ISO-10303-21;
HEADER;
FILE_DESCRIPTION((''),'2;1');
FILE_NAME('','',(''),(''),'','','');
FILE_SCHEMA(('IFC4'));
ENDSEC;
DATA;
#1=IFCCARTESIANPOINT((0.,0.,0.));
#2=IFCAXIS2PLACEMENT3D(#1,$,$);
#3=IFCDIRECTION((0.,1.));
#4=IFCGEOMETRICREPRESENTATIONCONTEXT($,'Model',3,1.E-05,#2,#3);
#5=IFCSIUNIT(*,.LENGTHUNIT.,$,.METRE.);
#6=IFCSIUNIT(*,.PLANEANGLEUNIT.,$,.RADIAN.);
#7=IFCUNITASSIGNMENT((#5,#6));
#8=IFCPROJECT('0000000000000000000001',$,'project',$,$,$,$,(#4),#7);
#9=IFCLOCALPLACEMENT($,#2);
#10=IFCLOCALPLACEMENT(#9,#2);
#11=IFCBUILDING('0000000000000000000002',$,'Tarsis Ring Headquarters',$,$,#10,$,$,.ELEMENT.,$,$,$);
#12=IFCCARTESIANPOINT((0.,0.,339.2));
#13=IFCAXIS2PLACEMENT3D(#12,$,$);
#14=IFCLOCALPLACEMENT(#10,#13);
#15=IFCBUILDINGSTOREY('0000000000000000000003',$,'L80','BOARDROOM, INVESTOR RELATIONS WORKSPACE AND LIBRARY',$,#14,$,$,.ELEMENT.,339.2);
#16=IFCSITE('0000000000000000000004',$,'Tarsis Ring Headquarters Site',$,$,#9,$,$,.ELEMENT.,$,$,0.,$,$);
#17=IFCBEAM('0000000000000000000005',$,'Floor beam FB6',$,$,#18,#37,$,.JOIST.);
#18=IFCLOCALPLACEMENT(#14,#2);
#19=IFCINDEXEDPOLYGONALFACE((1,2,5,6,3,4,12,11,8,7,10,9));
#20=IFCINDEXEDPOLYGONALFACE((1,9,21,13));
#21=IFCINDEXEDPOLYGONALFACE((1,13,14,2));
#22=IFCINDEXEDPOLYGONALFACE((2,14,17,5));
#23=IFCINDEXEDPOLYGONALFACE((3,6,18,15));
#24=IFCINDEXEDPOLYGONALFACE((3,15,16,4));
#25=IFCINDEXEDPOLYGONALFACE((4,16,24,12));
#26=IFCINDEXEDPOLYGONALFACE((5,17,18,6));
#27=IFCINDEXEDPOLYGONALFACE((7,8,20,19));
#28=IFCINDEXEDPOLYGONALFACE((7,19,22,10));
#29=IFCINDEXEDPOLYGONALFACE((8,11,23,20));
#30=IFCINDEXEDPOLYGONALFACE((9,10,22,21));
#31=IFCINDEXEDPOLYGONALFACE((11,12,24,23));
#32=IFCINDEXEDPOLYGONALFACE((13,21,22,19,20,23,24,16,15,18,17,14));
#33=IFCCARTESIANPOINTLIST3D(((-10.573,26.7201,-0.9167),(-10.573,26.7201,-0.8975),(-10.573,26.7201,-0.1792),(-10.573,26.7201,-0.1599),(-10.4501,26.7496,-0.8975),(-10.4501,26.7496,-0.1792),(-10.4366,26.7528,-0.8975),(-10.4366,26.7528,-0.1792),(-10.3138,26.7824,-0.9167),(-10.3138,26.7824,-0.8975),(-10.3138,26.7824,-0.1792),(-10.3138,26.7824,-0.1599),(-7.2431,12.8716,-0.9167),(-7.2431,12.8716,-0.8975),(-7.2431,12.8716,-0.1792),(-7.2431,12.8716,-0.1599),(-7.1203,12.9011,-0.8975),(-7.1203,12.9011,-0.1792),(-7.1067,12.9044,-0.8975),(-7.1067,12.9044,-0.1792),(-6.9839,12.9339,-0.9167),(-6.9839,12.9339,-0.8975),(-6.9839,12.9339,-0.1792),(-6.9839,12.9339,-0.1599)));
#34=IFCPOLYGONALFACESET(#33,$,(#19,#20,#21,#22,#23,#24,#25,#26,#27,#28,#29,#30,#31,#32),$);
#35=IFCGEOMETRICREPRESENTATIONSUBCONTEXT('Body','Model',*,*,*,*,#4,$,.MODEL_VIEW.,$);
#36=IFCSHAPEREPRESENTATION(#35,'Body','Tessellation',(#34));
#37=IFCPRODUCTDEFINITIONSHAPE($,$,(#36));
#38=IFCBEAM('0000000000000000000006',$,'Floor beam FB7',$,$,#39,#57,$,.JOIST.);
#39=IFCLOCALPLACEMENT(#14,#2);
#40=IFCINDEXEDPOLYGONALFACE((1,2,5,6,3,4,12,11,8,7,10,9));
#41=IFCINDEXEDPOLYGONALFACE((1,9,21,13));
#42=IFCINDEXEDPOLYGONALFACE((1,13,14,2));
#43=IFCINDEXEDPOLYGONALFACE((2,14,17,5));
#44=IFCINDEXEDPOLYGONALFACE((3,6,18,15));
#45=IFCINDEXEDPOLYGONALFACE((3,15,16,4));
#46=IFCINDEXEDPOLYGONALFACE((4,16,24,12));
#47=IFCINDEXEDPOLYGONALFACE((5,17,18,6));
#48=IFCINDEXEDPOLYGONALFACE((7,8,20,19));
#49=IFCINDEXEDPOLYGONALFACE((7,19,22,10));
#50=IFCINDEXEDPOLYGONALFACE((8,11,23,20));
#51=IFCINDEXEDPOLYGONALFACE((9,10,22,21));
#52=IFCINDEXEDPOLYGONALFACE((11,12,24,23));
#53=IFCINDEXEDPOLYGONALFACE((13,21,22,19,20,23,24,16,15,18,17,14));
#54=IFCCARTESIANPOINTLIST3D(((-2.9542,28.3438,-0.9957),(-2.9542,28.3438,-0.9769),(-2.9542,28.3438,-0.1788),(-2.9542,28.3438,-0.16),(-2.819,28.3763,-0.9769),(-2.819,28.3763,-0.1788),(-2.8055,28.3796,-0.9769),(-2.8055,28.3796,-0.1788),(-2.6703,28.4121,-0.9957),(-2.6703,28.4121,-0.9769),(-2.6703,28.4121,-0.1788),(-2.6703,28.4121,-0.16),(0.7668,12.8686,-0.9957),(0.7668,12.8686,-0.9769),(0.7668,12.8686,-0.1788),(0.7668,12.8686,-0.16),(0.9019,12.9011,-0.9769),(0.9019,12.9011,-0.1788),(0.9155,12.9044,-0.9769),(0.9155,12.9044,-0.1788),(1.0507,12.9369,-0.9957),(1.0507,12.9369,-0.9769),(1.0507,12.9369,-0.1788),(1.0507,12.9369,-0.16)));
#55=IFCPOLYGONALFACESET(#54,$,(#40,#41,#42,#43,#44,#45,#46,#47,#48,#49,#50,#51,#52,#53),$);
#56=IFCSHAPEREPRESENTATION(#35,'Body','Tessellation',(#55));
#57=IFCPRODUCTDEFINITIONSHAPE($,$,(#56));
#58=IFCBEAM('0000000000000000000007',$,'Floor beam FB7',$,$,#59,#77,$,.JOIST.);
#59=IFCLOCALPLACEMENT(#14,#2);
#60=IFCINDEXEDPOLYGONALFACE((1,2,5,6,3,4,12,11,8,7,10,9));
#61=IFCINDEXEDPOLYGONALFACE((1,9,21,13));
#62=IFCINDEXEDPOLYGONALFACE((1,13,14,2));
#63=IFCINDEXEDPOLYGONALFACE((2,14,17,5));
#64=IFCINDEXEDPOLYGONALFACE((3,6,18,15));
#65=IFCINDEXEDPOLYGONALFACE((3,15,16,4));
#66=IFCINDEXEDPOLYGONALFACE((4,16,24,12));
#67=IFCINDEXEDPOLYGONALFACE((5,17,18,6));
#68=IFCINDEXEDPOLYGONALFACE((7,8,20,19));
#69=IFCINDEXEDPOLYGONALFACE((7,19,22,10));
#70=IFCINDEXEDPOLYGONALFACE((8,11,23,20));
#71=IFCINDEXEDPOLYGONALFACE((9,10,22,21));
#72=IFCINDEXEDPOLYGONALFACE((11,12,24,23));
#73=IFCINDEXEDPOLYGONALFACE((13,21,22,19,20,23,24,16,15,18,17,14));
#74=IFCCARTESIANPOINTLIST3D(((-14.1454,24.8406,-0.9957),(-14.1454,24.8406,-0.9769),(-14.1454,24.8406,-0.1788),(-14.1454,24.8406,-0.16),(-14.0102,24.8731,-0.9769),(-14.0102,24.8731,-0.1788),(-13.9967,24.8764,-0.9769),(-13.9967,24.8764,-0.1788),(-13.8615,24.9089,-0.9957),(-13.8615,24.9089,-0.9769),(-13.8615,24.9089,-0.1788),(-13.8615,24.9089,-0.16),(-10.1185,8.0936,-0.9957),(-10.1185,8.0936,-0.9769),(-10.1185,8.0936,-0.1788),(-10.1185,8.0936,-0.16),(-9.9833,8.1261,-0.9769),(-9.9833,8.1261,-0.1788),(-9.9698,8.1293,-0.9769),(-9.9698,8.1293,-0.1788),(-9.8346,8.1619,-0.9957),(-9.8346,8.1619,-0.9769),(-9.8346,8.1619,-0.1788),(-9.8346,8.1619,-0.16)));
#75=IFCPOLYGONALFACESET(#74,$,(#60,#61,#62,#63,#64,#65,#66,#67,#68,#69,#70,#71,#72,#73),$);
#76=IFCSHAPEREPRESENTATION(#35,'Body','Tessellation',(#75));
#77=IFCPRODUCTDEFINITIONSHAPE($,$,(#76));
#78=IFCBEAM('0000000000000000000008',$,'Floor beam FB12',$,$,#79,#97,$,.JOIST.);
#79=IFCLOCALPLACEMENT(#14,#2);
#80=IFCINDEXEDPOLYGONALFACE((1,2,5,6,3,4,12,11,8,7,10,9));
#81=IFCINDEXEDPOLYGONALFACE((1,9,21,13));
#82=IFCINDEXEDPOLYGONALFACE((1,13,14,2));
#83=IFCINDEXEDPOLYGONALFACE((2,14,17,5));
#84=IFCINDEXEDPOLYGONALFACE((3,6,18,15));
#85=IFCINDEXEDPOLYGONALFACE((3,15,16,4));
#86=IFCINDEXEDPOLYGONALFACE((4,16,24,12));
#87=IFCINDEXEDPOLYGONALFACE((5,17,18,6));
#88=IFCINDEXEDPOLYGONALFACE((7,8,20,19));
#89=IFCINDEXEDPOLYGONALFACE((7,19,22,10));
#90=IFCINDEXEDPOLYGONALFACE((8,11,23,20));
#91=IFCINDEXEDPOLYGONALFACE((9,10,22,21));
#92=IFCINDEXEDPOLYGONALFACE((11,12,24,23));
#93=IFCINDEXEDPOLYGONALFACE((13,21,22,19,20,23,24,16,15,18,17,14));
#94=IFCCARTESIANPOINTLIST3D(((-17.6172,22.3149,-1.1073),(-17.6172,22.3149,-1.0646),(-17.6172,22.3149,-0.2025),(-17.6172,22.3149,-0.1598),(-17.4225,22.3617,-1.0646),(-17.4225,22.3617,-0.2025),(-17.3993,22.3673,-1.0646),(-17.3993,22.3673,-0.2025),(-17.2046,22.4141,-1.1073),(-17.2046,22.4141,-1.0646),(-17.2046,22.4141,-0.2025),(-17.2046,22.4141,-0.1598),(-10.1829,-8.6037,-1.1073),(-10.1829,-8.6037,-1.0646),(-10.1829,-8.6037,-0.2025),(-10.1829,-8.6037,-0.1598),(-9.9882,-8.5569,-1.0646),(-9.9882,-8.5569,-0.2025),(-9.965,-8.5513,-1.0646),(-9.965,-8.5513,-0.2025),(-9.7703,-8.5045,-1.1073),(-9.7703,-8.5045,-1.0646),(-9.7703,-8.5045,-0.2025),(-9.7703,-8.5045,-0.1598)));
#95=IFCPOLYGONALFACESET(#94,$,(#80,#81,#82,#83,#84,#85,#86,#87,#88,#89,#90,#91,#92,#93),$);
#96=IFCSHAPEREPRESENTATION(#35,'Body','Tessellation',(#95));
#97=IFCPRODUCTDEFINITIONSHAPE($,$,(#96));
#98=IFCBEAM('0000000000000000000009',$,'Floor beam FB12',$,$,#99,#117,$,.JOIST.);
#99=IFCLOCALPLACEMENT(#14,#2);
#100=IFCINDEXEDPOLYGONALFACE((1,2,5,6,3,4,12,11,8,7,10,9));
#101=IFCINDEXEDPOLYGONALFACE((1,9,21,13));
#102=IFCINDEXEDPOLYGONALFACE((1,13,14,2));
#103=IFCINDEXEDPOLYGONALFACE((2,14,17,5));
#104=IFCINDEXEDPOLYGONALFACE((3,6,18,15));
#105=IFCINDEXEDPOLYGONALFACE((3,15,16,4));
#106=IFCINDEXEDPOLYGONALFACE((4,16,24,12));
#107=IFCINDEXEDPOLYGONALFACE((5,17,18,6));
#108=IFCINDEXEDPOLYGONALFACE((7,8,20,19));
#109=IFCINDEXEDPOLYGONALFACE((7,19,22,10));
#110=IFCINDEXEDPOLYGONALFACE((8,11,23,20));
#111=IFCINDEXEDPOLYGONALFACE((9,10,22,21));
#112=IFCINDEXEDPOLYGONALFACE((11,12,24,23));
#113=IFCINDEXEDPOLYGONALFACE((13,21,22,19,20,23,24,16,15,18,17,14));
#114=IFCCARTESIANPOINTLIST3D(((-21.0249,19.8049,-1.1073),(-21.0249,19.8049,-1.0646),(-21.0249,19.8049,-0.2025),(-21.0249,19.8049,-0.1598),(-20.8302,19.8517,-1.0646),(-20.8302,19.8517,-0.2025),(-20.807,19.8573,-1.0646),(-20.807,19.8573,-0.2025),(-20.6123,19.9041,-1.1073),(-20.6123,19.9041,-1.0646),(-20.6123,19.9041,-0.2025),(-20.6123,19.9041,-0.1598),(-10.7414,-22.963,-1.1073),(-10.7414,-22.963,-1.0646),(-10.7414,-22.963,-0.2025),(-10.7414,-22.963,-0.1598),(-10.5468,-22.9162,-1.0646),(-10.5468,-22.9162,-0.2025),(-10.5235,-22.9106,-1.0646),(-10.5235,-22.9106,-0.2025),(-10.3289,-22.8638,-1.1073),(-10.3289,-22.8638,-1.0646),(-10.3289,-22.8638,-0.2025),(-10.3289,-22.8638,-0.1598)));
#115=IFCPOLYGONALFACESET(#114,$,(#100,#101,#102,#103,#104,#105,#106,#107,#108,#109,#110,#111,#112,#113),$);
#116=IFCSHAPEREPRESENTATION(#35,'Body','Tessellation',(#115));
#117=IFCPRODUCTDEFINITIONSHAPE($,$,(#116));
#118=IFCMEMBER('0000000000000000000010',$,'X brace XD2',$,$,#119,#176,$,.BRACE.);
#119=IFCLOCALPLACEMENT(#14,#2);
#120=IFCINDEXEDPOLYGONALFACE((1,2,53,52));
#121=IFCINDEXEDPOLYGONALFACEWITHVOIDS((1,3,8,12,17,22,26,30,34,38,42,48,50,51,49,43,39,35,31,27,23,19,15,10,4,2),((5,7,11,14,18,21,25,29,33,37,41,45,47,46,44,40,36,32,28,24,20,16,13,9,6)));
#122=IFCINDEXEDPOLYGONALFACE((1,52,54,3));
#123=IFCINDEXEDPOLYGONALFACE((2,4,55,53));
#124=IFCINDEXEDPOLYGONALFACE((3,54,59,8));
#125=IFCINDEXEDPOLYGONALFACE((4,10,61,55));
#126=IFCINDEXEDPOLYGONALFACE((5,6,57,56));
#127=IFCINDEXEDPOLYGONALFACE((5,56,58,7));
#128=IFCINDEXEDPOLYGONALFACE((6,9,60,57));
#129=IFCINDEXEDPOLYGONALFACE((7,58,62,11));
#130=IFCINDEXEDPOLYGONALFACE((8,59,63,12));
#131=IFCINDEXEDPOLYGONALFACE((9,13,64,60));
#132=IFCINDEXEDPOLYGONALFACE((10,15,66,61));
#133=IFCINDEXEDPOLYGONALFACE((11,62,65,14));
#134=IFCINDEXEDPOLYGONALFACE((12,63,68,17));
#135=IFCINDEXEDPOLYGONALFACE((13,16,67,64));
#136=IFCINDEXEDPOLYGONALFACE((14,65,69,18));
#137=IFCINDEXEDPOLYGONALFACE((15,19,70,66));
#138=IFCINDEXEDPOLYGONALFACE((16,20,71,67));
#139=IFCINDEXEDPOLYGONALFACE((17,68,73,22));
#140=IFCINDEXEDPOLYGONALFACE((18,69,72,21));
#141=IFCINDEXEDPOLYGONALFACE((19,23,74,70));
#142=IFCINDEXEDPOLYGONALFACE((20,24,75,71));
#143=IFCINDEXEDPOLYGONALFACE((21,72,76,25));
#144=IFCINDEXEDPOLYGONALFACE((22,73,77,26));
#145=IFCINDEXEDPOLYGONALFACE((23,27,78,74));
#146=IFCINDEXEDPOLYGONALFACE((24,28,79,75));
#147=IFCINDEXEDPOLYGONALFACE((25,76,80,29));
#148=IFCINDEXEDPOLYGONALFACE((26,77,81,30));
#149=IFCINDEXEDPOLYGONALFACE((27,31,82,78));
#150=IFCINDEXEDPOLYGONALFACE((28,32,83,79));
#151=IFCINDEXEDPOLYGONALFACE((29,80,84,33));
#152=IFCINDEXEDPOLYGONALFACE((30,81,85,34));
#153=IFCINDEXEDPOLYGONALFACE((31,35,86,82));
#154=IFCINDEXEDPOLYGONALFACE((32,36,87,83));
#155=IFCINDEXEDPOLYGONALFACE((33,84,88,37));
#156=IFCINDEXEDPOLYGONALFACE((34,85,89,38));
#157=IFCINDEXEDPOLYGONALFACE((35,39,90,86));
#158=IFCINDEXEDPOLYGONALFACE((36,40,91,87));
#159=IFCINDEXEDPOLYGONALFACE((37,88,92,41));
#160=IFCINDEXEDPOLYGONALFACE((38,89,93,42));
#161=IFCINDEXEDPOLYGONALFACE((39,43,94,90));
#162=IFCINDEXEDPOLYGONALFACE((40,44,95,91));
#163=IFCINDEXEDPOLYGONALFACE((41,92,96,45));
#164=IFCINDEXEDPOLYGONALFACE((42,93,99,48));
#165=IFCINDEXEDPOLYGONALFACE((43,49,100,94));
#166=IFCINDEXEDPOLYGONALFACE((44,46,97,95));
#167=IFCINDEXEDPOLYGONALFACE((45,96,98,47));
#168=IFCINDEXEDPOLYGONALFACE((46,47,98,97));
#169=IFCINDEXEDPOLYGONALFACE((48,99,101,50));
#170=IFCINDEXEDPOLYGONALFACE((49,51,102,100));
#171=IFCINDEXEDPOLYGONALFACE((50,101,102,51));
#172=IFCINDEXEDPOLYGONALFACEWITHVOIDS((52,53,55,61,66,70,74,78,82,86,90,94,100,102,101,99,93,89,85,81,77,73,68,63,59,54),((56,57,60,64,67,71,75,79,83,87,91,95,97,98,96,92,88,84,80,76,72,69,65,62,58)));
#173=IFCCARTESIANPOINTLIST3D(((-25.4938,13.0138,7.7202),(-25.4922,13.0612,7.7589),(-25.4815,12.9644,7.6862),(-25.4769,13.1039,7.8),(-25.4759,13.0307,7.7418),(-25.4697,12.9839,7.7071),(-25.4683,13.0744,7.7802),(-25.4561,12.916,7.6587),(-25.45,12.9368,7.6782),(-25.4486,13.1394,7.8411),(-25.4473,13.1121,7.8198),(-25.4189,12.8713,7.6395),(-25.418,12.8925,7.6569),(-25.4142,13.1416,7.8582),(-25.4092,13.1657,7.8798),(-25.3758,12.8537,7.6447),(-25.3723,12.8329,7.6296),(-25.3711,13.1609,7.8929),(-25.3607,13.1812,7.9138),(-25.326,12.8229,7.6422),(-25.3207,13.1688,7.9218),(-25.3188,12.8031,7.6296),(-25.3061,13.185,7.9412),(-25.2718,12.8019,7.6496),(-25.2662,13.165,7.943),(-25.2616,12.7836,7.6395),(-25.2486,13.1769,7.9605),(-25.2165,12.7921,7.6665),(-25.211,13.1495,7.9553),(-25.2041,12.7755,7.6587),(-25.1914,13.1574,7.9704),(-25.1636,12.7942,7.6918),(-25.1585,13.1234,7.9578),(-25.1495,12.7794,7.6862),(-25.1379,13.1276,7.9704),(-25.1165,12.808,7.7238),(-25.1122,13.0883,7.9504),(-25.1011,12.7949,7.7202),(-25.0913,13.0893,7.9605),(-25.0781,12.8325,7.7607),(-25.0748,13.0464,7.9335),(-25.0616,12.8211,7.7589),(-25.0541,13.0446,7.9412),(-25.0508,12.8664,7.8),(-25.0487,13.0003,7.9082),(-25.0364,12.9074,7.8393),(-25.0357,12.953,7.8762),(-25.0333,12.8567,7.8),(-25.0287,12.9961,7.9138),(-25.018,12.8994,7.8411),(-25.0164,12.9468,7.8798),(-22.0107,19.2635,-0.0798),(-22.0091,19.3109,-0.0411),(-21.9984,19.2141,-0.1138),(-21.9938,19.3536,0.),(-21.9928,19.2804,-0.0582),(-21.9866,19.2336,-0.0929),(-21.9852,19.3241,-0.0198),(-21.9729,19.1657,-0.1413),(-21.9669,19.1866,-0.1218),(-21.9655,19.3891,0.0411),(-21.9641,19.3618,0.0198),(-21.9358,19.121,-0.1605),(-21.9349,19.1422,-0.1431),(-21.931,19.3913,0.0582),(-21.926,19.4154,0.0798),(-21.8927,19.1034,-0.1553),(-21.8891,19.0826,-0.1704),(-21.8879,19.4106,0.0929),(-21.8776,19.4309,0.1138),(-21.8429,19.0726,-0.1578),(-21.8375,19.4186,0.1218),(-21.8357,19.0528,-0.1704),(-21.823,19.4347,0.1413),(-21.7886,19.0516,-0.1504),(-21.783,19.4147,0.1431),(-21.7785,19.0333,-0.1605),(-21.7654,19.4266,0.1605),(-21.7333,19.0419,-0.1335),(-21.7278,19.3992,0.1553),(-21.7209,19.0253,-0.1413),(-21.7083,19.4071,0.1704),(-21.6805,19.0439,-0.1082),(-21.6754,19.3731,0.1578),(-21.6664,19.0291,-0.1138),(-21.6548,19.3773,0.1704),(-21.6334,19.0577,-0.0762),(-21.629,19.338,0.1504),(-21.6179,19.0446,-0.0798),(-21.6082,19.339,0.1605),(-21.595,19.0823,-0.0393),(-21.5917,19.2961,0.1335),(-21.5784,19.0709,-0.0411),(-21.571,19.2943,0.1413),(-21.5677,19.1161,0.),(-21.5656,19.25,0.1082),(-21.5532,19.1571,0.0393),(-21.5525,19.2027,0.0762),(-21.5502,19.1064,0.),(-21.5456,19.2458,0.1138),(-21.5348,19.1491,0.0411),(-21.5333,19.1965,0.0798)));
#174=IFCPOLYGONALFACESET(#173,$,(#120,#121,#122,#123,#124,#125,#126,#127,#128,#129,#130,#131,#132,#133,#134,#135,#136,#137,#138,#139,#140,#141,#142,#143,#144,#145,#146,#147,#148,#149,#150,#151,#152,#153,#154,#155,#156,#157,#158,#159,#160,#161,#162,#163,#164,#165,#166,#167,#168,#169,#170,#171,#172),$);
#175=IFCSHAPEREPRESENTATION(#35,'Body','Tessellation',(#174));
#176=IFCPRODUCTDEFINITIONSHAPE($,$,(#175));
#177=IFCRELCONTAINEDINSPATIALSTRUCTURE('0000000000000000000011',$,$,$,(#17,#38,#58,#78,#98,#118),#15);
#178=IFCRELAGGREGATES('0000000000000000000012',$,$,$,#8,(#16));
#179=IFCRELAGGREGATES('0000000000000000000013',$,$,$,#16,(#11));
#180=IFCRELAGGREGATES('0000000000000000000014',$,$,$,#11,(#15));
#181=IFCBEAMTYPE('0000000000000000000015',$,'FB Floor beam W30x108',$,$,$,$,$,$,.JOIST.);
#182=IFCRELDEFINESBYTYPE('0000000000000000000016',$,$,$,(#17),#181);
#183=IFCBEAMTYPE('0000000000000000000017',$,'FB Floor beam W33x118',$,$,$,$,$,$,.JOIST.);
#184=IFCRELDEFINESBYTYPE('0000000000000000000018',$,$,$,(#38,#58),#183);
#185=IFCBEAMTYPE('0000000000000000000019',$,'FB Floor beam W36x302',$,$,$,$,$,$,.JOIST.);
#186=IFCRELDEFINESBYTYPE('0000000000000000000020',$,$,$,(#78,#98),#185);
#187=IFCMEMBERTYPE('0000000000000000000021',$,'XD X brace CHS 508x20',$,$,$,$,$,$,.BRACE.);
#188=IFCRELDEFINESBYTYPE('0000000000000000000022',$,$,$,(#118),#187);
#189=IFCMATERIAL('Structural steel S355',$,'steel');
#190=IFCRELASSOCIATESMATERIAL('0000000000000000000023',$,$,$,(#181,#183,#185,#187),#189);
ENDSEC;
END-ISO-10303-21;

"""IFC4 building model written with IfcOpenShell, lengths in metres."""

from ifc_helpers import new_model, si_unit, direction, frame, origin, origin_2d, place, context, subcontext, project, spatial, hollow_circle, i_section, extrude, material, material_profile, profile_set, type_object, element, save


model = new_model("IFC4")

# Units and contexts
model_context = context("Model", 3, precision=1e-05, world=origin(), true_north=direction((0.0, 1.0)))
body_context = subcontext(model_context, "Body", "Model", "MODEL_VIEW")
ifc_project = project(units=[si_unit("LENGTHUNIT", "METRE"), si_unit("PLANEANGLEUNIT", "RADIAN")], contexts=[model_context])

# Site, building, storey
site_placement = place(None, origin())
site = spatial("IfcSite", under=ifc_project, at=site_placement, Name="Tarsis Ring Headquarters Site", CompositionType="ELEMENT", RefElevation=0.0)
building_placement = place(site_placement, origin())
building = spatial("IfcBuilding", under=site, at=building_placement, Name="Tarsis Ring Headquarters", CompositionType="ELEMENT")
storey_placement = place(building_placement, frame((0.0, 0.0, 339.2)))
storey = spatial("IfcBuildingStorey", under=building, at=storey_placement, Name="L80", Description="BOARDROOM, INVESTOR RELATIONS WORKSPACE AND LIBRARY", CompositionType="ELEMENT", Elevation=339.2)

# Shared definitions
ifc_material_1 = material(Name="Structural steel S355", Category="steel")

# Beams
ifc_material_profile_1 = material_profile(ifc_material_1, i_section(OverallWidth=0.2666, OverallDepth=0.7568, WebThickness=0.0139, FlangeThickness=0.0193, at=origin_2d()), Name="W30x108")
ifc_profile_set_1 = profile_set([ifc_material_profile_1], Name="Structural steel S355")
beam_type_1 = type_object("IfcBeamType", Name="FB Floor beam W30x108", PredefinedType="JOIST", material=ifc_profile_set_1)
beam_1_placement = place(storey_placement, frame((-10.4434, 26.7512, -0.5383), z_axis=(0.233786, -0.972288, 0.0), x_axis=(0.972288, 0.233786, 0.0)))
element("IfcBeam", 1, at=beam_1_placement, inside=storey, type_object=beam_type_1, Name="Floor beam FB6", PredefinedType="JOIST", context=body_context, shape_type="SweptSolid", body=[
    extrude(i_section(OverallWidth=0.2666, OverallDepth=0.7568, WebThickness=0.0139, FlangeThickness=0.0193, at=origin_2d()), origin(), (0.0, 0.0, 1.0), 14.2432),
])
ifc_material_profile_2 = material_profile(ifc_material_1, i_section(OverallWidth=0.292, OverallDepth=0.8357, WebThickness=0.0139, FlangeThickness=0.0188, at=origin_2d()), Name="W33x118")
ifc_profile_set_2 = profile_set([ifc_material_profile_2], Name="Structural steel S355")
beam_type_2 = type_object("IfcBeamType", Name="FB Floor beam W33x118", PredefinedType="JOIST", material=ifc_profile_set_2)
beam_2_placement = place(storey_placement, frame((-2.8123, 28.3779, -0.5779), z_axis=(0.233784, -0.972288, 0.0), x_axis=(0.972288, 0.233784, 0.0)))
element("IfcBeam", 2, at=beam_2_placement, inside=storey, type_object=beam_type_2, Name="Floor beam FB7", PredefinedType="JOIST", context=body_context, shape_type="SweptSolid", body=[
    extrude(i_section(OverallWidth=0.292, OverallDepth=0.8357, WebThickness=0.0139, FlangeThickness=0.0188, at=origin_2d()), origin(), (0.0, 0.0, 1.0), 15.9163),
])
beam_3_placement = place(storey_placement, frame((-14.0034, 24.8748, -0.5779), z_axis=(0.233788, -0.972288, 0.0), x_axis=(0.972288, 0.233788, 0.0)))
element("IfcBeam", 3, at=beam_3_placement, inside=storey, type_object=beam_type_2, Name="Floor beam FB7", PredefinedType="JOIST", context=body_context, shape_type="SweptSolid", body=[
    extrude(i_section(OverallWidth=0.292, OverallDepth=0.8357, WebThickness=0.0139, FlangeThickness=0.0188, at=origin_2d()), origin(), (0.0, 0.0, 1.0), 17.2244),
])
ifc_material_profile_3 = material_profile(ifc_material_1, i_section(OverallWidth=0.4243, OverallDepth=0.9475, WebThickness=0.0239, FlangeThickness=0.0427, at=origin_2d()), Name="W36x302")
ifc_profile_set_3 = profile_set([ifc_material_profile_3], Name="Structural steel S355")
beam_type_3 = type_object("IfcBeamType", Name="FB Floor beam W36x302", PredefinedType="JOIST", material=ifc_profile_set_3)
beam_4_placement = place(storey_placement, frame((-17.4109, 22.3645, -0.6335), z_axis=(0.233784, -0.972288, 0.0), x_axis=(0.972288, 0.233784, 0.0)))
element("IfcBeam", 4, at=beam_4_placement, inside=storey, type_object=beam_type_3, Name="Floor beam FB12", PredefinedType="JOIST", context=body_context, shape_type="SweptSolid", body=[
    extrude(i_section(OverallWidth=0.4243, OverallDepth=0.9475, WebThickness=0.0239, FlangeThickness=0.0427, at=origin_2d()), origin(), (0.0, 0.0, 1.0), 31.7998),
])
beam_5_placement = place(storey_placement, frame((-20.8186, 19.8545, -0.6335), z_axis=(0.233785, -0.972288, 0.0), x_axis=(0.972288, 0.233785, 0.0)))
element("IfcBeam", 5, at=beam_5_placement, inside=storey, type_object=beam_type_3, Name="Floor beam FB12", PredefinedType="JOIST", context=body_context, shape_type="SweptSolid", body=[
    extrude(i_section(OverallWidth=0.4243, OverallDepth=0.9475, WebThickness=0.0239, FlangeThickness=0.0427, at=origin_2d()), origin(), (0.0, 0.0, 1.0), 43.9868),
])

# Member
ifc_material_profile_4 = material_profile(ifc_material_1, hollow_circle(Radius=0.2539, WallThickness=0.02, at=origin_2d()), Name="CHS 508x20")
ifc_profile_set_4 = profile_set([ifc_material_profile_4], Name="Structural steel S355")
member_type = type_object("IfcMemberType", Name="XD X brace CHS 508x20", PredefinedType="BRACE", material=ifc_profile_set_4)
member_placement = place(storey_placement, frame((-21.772, 19.23, 0.0), z_axis=(-0.329079, -0.590461, 0.736928), x_axis=(0.8735, -0.486825, 0.0)))
element("IfcMember", 6, at=member_placement, inside=storey, type_object=member_type, Name="X brace XD2", PredefinedType="BRACE", context=body_context, shape_type="SweptSolid", body=[
    extrude(hollow_circle(Radius=0.2539, WallThickness=0.02, at=origin_2d()), origin(), (0.0, 0.0, 1.0), 10.5845),
])

save(model, "model.ifc")
